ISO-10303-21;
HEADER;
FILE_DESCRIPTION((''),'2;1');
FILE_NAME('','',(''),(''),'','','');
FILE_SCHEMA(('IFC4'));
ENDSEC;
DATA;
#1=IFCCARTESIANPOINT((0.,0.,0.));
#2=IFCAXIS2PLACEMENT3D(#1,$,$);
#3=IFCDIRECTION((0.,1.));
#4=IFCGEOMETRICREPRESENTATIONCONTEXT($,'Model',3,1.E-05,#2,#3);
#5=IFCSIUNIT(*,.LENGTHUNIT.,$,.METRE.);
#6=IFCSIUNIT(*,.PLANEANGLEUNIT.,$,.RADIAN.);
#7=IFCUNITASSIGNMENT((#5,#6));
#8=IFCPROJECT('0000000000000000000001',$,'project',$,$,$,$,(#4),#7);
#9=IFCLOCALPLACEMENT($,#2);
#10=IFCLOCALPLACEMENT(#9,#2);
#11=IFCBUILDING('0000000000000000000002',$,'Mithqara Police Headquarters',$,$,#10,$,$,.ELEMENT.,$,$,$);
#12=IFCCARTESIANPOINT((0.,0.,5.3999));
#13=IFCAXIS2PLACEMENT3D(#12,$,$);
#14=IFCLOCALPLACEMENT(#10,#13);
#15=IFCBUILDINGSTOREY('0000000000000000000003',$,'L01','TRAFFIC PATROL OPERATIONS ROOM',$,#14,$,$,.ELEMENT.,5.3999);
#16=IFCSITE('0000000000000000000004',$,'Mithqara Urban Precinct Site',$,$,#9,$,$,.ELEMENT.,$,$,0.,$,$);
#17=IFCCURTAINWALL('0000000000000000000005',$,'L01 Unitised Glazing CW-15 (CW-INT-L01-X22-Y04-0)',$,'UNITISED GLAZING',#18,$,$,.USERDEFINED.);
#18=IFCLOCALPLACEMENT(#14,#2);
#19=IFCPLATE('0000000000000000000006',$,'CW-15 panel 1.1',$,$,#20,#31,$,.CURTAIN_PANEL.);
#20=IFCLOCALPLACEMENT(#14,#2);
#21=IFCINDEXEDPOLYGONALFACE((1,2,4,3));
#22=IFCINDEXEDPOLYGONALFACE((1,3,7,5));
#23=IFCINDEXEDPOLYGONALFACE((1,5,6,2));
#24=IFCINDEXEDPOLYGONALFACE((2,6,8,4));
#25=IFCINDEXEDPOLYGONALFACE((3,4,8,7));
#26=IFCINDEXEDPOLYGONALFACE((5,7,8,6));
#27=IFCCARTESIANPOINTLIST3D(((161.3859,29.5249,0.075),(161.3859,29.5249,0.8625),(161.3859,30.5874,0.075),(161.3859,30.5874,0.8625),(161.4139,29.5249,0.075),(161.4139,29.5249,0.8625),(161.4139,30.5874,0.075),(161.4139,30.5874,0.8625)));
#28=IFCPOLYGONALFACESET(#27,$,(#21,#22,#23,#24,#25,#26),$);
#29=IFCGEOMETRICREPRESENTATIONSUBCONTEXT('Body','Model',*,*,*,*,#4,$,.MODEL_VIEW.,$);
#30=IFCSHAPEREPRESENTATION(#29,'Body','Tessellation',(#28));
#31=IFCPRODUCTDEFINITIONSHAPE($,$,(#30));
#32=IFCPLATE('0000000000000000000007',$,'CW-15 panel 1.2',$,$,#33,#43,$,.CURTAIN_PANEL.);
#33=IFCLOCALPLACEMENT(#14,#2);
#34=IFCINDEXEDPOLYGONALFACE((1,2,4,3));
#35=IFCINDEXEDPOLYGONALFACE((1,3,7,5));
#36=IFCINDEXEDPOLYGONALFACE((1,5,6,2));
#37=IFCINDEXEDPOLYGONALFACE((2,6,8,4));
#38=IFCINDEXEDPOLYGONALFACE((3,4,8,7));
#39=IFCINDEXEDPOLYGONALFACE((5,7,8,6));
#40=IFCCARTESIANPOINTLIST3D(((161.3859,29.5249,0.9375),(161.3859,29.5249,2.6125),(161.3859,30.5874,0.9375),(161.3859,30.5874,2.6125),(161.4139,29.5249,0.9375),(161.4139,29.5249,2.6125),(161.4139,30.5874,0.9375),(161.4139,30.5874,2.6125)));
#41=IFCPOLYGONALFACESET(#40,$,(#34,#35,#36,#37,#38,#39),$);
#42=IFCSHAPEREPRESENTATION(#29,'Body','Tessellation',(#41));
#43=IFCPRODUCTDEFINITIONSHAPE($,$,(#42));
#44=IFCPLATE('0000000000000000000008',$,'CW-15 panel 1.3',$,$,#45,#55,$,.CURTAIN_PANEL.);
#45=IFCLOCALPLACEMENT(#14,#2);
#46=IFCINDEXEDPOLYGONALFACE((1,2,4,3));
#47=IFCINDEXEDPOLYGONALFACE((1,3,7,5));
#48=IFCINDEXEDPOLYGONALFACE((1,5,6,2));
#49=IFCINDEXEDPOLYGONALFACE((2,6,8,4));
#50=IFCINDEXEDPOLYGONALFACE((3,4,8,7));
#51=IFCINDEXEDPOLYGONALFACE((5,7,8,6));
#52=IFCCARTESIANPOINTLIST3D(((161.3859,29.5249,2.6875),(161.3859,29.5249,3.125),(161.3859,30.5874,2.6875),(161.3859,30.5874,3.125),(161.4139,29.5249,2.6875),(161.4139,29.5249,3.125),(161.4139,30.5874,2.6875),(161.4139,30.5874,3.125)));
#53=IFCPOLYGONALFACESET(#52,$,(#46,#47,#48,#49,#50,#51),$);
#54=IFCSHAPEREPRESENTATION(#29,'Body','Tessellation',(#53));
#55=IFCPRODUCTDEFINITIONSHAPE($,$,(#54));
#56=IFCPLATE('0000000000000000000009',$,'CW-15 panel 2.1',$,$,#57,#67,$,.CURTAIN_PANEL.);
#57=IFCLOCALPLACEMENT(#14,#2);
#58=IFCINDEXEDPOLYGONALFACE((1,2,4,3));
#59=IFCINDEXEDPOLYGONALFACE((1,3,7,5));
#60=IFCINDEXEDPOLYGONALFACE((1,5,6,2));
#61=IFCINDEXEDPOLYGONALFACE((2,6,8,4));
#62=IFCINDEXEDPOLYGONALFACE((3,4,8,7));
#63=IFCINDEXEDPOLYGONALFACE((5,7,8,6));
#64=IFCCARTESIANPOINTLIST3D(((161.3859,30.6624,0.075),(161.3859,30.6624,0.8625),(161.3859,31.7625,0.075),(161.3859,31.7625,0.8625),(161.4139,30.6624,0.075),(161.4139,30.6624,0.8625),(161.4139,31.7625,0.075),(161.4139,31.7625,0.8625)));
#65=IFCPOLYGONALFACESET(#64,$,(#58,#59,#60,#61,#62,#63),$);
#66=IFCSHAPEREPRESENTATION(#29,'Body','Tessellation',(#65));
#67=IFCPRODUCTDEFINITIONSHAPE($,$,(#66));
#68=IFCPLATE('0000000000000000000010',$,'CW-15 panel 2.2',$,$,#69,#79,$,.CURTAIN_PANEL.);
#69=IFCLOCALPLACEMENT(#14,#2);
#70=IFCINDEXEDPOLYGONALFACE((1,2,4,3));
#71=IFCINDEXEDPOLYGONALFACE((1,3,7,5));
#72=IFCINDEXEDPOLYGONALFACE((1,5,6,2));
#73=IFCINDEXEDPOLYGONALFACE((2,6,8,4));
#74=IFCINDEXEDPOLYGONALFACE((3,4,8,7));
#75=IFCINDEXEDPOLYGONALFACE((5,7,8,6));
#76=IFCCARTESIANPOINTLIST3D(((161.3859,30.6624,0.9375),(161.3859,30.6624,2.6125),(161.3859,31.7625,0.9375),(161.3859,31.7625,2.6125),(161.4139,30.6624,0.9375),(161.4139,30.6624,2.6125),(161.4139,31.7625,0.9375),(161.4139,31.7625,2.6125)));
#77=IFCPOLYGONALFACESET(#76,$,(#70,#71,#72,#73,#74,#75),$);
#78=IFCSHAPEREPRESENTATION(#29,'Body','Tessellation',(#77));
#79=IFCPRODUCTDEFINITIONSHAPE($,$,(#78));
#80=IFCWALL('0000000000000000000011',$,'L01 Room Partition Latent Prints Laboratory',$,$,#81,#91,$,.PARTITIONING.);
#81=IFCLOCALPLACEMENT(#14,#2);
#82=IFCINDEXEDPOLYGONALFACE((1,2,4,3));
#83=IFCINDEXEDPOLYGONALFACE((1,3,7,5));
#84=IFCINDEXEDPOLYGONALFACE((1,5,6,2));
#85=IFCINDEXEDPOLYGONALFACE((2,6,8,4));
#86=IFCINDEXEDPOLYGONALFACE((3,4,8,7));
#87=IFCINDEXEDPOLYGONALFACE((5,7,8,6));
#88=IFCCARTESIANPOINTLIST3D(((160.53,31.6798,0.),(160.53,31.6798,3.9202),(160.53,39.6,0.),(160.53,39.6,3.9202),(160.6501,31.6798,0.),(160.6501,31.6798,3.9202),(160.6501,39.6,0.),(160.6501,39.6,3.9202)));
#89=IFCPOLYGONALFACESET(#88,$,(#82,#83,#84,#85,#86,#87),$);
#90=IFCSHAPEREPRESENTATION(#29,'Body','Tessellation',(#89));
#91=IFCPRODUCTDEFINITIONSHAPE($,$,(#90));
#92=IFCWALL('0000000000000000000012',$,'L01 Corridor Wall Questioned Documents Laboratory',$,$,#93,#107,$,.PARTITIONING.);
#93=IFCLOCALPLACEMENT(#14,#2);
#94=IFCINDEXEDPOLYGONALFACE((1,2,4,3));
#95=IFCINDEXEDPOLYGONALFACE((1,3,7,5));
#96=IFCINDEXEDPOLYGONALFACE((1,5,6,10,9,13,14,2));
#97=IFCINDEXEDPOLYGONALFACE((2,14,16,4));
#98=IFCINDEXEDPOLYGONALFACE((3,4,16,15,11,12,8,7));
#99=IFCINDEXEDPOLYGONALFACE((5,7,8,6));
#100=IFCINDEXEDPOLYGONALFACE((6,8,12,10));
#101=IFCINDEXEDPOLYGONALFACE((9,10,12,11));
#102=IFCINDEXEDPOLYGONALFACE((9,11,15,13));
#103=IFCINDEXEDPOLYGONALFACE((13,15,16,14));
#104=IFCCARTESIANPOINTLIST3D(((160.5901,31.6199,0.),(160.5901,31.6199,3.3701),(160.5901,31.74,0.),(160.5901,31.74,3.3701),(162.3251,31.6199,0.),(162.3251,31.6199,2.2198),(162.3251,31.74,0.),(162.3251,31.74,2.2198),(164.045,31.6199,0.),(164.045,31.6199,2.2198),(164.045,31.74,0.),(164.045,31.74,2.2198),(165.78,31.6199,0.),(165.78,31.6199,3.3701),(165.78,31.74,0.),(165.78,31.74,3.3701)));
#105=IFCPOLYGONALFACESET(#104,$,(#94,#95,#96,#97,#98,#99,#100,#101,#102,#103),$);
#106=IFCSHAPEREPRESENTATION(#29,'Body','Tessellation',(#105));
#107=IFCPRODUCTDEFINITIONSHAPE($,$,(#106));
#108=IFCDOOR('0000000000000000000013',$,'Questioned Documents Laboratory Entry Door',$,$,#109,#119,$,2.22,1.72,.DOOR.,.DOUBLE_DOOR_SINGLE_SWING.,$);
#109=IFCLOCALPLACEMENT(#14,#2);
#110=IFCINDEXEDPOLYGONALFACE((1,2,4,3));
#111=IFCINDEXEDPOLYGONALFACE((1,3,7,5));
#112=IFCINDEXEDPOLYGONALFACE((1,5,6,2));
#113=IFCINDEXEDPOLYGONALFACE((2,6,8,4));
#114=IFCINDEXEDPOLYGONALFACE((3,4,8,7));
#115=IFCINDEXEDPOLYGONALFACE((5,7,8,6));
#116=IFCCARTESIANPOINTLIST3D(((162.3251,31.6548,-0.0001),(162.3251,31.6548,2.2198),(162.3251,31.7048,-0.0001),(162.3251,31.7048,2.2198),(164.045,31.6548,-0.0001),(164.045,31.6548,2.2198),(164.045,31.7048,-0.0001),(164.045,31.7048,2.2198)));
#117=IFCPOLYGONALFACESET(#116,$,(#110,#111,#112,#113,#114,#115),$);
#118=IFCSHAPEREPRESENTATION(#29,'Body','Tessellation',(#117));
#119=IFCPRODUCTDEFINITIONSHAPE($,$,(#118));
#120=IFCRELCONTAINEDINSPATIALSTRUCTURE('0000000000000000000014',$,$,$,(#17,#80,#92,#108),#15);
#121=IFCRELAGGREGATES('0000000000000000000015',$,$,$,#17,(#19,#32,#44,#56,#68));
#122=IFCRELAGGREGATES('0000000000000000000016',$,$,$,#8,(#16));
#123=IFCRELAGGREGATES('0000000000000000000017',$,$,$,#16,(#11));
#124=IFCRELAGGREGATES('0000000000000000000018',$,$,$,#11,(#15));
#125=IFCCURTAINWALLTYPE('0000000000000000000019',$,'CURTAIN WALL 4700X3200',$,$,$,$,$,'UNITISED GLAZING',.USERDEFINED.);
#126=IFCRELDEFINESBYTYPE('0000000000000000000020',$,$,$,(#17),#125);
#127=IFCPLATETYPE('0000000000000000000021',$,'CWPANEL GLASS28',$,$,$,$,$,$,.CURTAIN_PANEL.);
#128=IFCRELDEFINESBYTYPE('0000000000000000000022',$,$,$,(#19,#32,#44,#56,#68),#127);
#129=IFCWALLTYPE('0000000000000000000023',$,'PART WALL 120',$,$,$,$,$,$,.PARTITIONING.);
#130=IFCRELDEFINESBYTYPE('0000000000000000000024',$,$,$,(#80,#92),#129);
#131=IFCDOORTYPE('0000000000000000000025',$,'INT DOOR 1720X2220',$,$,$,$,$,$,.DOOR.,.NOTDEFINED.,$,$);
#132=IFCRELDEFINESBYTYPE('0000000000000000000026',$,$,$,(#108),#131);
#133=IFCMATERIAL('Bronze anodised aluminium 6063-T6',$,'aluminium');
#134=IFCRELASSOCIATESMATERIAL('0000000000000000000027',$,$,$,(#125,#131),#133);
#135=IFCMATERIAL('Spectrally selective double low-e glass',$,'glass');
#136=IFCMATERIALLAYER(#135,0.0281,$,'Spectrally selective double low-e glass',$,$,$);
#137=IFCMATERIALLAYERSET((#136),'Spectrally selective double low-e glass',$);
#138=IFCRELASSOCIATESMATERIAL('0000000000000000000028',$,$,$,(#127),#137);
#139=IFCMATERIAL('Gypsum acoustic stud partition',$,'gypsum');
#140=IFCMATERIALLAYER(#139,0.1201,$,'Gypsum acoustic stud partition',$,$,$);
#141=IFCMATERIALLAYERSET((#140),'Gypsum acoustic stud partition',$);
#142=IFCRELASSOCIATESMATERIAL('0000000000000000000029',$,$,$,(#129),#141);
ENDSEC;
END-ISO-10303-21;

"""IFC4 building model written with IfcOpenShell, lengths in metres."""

from ifc_helpers import new_model, si_unit, direction, frame, frame_2d, origin, origin_2d, place, context, subcontext, project, spatial, rectangle, extrude, material, layer, layer_set, type_object, element, fill, aggregate, save


model = new_model("IFC4")

# Units and contexts
model_context = context("Model", 3, precision=1e-05, world=origin(), true_north=direction((0.0, 1.0)))
body_context = subcontext(model_context, "Body", "Model", "MODEL_VIEW")
ifc_project = project(units=[si_unit("LENGTHUNIT", "METRE"), si_unit("PLANEANGLEUNIT", "RADIAN")], contexts=[model_context])

# Site, building, storey
site_placement = place(None, origin())
site = spatial("IfcSite", under=ifc_project, at=site_placement, Name="Mithqara Urban Precinct Site", CompositionType="ELEMENT", RefElevation=0.0)
building_placement = place(site_placement, origin())
building = spatial("IfcBuilding", under=site, at=building_placement, Name="Mithqara Police Headquarters", CompositionType="ELEMENT")
storey_placement = place(building_placement, frame((0.0, 0.0, 5.3999)))
storey = spatial("IfcBuildingStorey", under=building, at=storey_placement, Name="L01", Description="TRAFFIC PATROL OPERATIONS ROOM", CompositionType="ELEMENT", Elevation=5.3999)

# Curtain wall, plates
ifc_material_1 = material(Name="Bronze anodised aluminium 6063-T6", Category="aluminium")
curtain_wall_type = type_object("IfcCurtainWallType", Name="CURTAIN WALL 4700X3200", ElementType="UNITISED GLAZING", PredefinedType="USERDEFINED", material=ifc_material_1)
curtain_wall_placement = place(storey_placement, origin())
curtain_wall = element("IfcCurtainWall", 1, at=curtain_wall_placement, inside=storey, type_object=curtain_wall_type, Name="L01 Unitised Glazing CW-15 (CW-INT-L01-X22-Y04-0)", ObjectType="UNITISED GLAZING", PredefinedType="USERDEFINED")
ifc_material_2 = material(Name="Spectrally selective double low-e glass", Category="glass")
ifc_layer_1 = layer(ifc_material_2, 0.0281, Name="Spectrally selective double low-e glass")
ifc_layer_set_1 = layer_set([ifc_layer_1], Name="Spectrally selective double low-e glass")
plate_type = type_object("IfcPlateType", Name="CWPANEL GLASS28", PredefinedType="CURTAIN_PANEL", material=ifc_layer_set_1)
plate_1_placement = place(storey_placement, frame((161.3999, 30.0562, 0.075), z_axis=(0.0, 0.0, 1.0), x_axis=(0.0, 1.0, 0.0)))
plate_1 = element("IfcPlate", 2, at=plate_1_placement, type_object=plate_type, Name="CW-15 panel 1.1", PredefinedType="CURTAIN_PANEL", context=body_context, shape_type="SweptSolid", body=[
    extrude(rectangle(XDim=1.0625, YDim=0.0281, at=origin_2d()), origin(), (0.0, 0.0, 1.0), 0.7876),
])
plate_2_placement = place(storey_placement, frame((161.3999, 30.0562, 0.9375), z_axis=(0.0, 0.0, 1.0), x_axis=(0.0, 1.0, 0.0)))
plate_2 = element("IfcPlate", 3, at=plate_2_placement, type_object=plate_type, Name="CW-15 panel 1.2", PredefinedType="CURTAIN_PANEL", context=body_context, shape_type="SweptSolid", body=[
    extrude(rectangle(XDim=1.0625, YDim=0.0281, at=origin_2d()), origin(), (0.0, 0.0, 1.0), 1.675),
])
plate_3_placement = place(storey_placement, frame((161.3999, 30.0562, 2.6875), z_axis=(0.0, 0.0, 1.0), x_axis=(0.0, 1.0, 0.0)))
plate_3 = element("IfcPlate", 4, at=plate_3_placement, type_object=plate_type, Name="CW-15 panel 1.3", PredefinedType="CURTAIN_PANEL", context=body_context, shape_type="SweptSolid", body=[
    extrude(rectangle(XDim=1.0625, YDim=0.0281, at=origin_2d()), origin(), (0.0, 0.0, 1.0), 0.4375),
])
plate_4_placement = place(storey_placement, frame((161.3999, 31.2124, 0.075), z_axis=(0.0, 0.0, 1.0), x_axis=(0.0, 1.0, 0.0)))
plate_4 = element("IfcPlate", 5, at=plate_4_placement, type_object=plate_type, Name="CW-15 panel 2.1", PredefinedType="CURTAIN_PANEL", context=body_context, shape_type="SweptSolid", body=[
    extrude(rectangle(XDim=1.1001, YDim=0.0281, at=origin_2d()), origin(), (0.0, 0.0, 1.0), 0.7876),
])
plate_5_placement = place(storey_placement, frame((161.3999, 31.2124, 0.9375), z_axis=(0.0, 0.0, 1.0), x_axis=(0.0, 1.0, 0.0)))
plate_5 = element("IfcPlate", 6, at=plate_5_placement, type_object=plate_type, Name="CW-15 panel 2.2", PredefinedType="CURTAIN_PANEL", context=body_context, shape_type="SweptSolid", body=[
    extrude(rectangle(XDim=1.1001, YDim=0.0281, at=origin_2d()), origin(), (0.0, 0.0, 1.0), 1.675),
])
aggregate(curtain_wall, [plate_1, plate_2, plate_3, plate_4, plate_5])

# Wall
ifc_material_3 = material(Name="Gypsum acoustic stud partition", Category="gypsum")
ifc_layer_2 = layer(ifc_material_3, 0.1201, Name="Gypsum acoustic stud partition")
ifc_layer_set_2 = layer_set([ifc_layer_2], Name="Gypsum acoustic stud partition")
wall_type = type_object("IfcWallType", Name="PART WALL 120", PredefinedType="PARTITIONING", material=ifc_layer_set_2)
wall_1_placement = place(storey_placement, frame((160.5901, 31.6799, 0.0), z_axis=(0.0, 0.0, 1.0), x_axis=(0.0, 1.0, 0.0)))
element("IfcWall", 7, at=wall_1_placement, inside=storey, type_object=wall_type, Name="L01 Room Partition Latent Prints Laboratory", PredefinedType="PARTITIONING", context=body_context, shape_type="SweptSolid", body=[
    extrude(rectangle(XDim=7.9202, YDim=0.1201, at=frame_2d((3.96, 0.0))), origin(), (0.0, 0.0, 1.0), 3.9202),
])

# Wall, opening, door
wall_2_placement = place(storey_placement, frame((160.5901, 31.6799, 0.0), z_axis=(0.0, 0.0, 1.0), x_axis=(1.0, 0.0, 0.0)))
wall_2 = element("IfcWall", 8, at=wall_2_placement, inside=storey, type_object=wall_type, Name="L01 Corridor Wall Questioned Documents Laboratory", PredefinedType="PARTITIONING", context=body_context, shape_type="SweptSolid", body=[
    extrude(rectangle(XDim=5.1899, YDim=0.1201, at=frame_2d((2.595, 0.0))), origin(), (0.0, 0.0, 1.0), 3.3701),
])
opening_placement = place(wall_2_placement, frame((1.7351, 0.0, 0.0)))
opening = element("IfcOpeningElement", 9, at=opening_placement, cuts=wall_2, PredefinedType="OPENING", context=body_context, shape_type="SweptSolid", body=[
    extrude(rectangle(XDim=1.72, YDim=2.22, at=frame_2d((0.8599, 1.1099))), frame((0.0, 0.0701, 0.0), z_axis=(0.0, -1.0, 0.0), x_axis=(1.0, 0.0, 0.0)), (0.0, 0.0, 1.0), 0.1401),
])
door_type = type_object("IfcDoorType", Name="INT DOOR 1720X2220", OperationType="NOTDEFINED", PredefinedType="DOOR", material=ifc_material_1)
door_placement = place(opening_placement, origin())
door = element("IfcDoor", 10, at=door_placement, inside=storey, type_object=door_type, Name="Questioned Documents Laboratory Entry Door", OperationType="DOUBLE_DOOR_SINGLE_SWING", OverallHeight=2.22, OverallWidth=1.72, PredefinedType="DOOR", context=body_context, shape_type="SweptSolid", body=[
    extrude(rectangle(XDim=1.72, YDim=2.22, at=frame_2d((0.8599, 1.1099))), frame((0.0, 0.0249, 0.0), z_axis=(0.0, -1.0, 0.0), x_axis=(1.0, 0.0, 0.0)), (0.0, 0.0, 1.0), 0.05),
])
fill(opening, door)

save(model, "model.ifc")
